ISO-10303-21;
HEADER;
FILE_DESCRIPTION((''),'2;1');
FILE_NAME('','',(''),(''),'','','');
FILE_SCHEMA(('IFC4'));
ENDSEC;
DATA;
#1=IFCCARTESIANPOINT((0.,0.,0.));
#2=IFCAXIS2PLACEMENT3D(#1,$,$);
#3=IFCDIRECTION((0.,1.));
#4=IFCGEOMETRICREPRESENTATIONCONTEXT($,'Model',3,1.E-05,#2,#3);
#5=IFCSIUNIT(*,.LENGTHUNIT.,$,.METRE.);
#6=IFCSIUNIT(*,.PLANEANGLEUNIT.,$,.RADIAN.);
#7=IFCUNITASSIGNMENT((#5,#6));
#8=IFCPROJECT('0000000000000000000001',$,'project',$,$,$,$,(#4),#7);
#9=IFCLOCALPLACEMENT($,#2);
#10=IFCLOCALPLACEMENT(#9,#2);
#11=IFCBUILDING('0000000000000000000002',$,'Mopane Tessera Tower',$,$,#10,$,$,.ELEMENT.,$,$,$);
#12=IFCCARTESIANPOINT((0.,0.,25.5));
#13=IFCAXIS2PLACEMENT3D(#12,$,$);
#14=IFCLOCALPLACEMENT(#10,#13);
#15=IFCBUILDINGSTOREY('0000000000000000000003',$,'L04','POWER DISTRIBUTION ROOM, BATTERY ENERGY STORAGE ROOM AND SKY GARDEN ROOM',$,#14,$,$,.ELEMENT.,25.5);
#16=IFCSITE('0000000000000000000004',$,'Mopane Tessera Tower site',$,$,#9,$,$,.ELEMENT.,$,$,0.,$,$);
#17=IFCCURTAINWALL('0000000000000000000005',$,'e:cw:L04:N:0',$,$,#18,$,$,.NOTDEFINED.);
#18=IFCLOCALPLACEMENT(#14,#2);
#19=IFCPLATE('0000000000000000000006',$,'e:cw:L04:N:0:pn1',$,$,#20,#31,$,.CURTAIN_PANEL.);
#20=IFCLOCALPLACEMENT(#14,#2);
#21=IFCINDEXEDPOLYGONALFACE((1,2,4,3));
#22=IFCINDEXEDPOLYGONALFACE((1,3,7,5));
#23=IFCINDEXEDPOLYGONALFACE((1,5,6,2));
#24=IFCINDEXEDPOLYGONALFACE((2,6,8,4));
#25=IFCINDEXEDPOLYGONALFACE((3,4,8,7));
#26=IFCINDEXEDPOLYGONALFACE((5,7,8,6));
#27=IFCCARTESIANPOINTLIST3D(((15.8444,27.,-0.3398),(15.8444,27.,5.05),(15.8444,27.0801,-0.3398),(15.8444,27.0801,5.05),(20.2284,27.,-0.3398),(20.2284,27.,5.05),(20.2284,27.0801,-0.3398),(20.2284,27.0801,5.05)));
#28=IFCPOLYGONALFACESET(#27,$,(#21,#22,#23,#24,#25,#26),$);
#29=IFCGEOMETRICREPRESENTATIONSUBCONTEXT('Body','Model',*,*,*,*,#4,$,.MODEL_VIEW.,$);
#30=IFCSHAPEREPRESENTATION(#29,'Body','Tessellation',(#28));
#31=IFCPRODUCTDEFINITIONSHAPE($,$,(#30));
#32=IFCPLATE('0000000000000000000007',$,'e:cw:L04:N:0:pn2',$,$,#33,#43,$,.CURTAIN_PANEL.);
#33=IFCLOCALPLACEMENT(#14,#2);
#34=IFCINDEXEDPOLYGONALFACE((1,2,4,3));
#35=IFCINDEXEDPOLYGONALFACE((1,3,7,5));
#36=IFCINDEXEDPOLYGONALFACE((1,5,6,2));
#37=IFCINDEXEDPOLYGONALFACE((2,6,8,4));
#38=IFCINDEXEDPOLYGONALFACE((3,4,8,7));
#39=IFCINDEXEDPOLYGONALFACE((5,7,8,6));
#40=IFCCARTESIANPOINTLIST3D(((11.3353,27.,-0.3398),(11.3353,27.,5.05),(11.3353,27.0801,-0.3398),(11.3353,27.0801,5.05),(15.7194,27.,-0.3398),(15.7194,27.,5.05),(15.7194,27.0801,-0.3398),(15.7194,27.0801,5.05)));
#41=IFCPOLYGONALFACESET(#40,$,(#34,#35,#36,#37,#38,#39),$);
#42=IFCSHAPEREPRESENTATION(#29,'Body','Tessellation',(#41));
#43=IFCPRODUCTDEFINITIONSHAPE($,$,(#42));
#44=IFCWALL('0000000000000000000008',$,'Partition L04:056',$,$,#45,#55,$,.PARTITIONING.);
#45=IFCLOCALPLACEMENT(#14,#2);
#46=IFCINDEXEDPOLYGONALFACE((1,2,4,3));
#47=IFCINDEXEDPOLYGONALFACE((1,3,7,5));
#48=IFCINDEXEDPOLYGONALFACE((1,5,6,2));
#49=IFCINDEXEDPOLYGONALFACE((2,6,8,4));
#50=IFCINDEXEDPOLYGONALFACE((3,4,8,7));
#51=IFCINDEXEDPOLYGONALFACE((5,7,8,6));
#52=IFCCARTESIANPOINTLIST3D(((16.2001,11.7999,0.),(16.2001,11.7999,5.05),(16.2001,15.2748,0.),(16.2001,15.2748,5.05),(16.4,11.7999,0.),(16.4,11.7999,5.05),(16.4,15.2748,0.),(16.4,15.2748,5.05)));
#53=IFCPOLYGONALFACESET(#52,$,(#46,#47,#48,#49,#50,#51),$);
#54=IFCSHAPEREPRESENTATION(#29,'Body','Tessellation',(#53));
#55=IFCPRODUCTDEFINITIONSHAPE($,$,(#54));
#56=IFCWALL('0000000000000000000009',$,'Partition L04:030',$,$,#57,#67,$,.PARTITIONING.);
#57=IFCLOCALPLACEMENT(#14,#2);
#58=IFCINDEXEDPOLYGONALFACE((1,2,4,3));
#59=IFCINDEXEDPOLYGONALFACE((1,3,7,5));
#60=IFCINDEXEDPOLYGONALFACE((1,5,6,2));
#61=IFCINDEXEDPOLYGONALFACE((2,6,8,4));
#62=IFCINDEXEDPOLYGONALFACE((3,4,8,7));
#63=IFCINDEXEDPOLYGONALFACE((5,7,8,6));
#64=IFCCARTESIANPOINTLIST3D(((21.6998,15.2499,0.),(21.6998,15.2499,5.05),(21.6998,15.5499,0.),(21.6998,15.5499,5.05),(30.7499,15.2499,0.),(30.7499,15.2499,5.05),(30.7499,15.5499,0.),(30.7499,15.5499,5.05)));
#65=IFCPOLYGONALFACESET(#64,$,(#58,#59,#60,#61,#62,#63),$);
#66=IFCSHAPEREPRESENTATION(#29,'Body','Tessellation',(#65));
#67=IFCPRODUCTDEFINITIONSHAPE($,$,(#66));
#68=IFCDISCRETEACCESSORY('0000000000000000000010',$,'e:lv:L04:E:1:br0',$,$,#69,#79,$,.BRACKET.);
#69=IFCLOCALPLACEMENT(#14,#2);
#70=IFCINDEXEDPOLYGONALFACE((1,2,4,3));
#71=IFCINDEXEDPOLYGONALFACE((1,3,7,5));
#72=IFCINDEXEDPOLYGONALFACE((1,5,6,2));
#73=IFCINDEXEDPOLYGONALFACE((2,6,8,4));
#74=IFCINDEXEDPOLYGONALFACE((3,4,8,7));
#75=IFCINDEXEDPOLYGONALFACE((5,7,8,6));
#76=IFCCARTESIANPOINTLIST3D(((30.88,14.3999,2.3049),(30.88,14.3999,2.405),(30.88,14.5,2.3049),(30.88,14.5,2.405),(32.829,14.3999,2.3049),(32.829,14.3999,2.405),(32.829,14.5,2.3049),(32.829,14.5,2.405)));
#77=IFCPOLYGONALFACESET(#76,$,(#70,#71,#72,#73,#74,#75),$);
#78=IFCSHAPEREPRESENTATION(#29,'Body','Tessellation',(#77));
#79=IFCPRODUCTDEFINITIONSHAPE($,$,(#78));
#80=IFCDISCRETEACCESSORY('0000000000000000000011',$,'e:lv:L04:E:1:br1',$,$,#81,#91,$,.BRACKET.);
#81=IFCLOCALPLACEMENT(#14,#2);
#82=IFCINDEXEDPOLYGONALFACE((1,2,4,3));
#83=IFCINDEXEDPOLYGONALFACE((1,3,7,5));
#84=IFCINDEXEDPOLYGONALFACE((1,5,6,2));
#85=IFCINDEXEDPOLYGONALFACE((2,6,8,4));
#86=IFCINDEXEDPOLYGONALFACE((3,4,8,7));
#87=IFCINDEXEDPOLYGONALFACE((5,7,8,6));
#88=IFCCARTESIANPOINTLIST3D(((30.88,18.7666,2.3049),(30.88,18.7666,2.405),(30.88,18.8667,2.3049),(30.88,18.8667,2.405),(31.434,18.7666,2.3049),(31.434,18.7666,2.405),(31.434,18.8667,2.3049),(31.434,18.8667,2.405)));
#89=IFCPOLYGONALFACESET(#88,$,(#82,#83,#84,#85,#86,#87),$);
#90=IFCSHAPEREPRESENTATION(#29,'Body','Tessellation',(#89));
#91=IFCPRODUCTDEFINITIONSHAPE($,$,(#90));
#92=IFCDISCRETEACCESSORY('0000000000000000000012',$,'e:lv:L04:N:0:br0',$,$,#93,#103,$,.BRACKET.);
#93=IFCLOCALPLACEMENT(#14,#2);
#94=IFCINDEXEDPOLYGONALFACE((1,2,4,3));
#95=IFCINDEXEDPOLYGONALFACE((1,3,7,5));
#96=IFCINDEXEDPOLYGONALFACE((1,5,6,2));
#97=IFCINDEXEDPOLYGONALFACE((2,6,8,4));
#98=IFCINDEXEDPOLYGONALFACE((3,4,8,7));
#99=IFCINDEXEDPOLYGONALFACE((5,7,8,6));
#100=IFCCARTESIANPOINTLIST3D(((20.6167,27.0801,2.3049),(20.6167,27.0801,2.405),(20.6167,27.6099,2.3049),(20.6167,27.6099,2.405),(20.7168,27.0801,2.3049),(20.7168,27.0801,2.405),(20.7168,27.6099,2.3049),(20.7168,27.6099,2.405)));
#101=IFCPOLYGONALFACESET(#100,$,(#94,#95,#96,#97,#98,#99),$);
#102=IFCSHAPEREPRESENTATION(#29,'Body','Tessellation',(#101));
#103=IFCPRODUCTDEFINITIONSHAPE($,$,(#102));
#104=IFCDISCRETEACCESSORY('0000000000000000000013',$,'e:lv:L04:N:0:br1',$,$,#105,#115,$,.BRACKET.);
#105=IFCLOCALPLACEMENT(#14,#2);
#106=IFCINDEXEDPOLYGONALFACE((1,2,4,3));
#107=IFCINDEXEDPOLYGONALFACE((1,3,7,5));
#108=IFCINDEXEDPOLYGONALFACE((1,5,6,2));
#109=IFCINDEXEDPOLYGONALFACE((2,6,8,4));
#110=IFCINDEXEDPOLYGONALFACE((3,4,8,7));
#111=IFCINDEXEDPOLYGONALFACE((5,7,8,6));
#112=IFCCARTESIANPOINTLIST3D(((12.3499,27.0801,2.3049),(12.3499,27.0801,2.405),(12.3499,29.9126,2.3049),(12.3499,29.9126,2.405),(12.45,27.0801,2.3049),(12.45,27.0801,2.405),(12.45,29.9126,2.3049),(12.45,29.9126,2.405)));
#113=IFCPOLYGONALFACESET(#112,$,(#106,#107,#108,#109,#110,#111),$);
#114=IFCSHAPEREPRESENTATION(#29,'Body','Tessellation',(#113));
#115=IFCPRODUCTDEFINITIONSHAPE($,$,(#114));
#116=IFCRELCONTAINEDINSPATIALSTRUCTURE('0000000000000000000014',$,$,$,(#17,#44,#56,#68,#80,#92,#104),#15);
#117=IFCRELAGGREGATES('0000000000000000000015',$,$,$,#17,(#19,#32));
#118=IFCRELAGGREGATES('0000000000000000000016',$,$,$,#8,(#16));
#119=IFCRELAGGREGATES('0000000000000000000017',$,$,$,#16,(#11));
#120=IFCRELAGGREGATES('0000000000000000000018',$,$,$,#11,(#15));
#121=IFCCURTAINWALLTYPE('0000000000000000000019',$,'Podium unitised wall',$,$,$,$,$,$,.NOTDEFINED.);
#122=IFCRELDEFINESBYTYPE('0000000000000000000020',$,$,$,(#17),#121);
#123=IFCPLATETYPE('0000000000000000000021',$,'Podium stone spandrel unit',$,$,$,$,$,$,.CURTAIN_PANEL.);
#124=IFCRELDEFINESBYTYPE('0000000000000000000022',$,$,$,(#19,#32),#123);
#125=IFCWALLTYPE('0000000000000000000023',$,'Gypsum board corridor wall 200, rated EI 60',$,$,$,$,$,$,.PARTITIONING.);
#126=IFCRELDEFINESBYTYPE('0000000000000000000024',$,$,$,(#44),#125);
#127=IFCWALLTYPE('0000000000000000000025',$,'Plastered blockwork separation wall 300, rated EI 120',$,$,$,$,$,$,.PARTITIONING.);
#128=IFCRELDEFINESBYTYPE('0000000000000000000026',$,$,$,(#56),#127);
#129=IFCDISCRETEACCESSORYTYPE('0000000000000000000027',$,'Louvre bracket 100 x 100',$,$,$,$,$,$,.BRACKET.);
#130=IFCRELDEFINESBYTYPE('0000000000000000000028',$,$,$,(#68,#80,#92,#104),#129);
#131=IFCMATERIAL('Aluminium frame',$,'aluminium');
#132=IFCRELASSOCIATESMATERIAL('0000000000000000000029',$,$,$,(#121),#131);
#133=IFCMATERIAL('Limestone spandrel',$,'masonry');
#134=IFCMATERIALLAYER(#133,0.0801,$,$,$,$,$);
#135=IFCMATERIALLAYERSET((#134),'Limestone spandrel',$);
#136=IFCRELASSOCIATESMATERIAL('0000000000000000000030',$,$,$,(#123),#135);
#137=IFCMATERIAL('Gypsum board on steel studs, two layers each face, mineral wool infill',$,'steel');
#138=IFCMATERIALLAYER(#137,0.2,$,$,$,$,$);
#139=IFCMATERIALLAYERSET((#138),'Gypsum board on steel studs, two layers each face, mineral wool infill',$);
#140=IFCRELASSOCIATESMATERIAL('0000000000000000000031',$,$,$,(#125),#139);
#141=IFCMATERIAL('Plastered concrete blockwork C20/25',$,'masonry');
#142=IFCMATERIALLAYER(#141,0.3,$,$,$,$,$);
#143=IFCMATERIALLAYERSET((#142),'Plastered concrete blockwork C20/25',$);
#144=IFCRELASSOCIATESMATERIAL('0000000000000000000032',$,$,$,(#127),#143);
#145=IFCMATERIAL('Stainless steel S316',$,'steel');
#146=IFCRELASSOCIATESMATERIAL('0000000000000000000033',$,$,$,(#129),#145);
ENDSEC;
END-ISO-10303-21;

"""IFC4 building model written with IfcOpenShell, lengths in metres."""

from ifc_helpers import new_model, si_unit, direction, frame, frame_2d, origin, origin_2d, place, context, subcontext, project, spatial, rectangle, extrude, material, layer, layer_set, type_object, element, aggregate, save


model = new_model("IFC4")

# Units and contexts
model_context = context("Model", 3, precision=1e-05, world=origin(), true_north=direction((0.0, 1.0)))
body_context = subcontext(model_context, "Body", "Model", "MODEL_VIEW")
ifc_project = project(units=[si_unit("LENGTHUNIT", "METRE"), si_unit("PLANEANGLEUNIT", "RADIAN")], contexts=[model_context])

# Site, building, storey
site_placement = place(None, origin())
site = spatial("IfcSite", under=ifc_project, at=site_placement, Name="Mopane Tessera Tower site", CompositionType="ELEMENT", RefElevation=0.0)
building_placement = place(site_placement, origin())
building = spatial("IfcBuilding", under=site, at=building_placement, Name="Mopane Tessera Tower", CompositionType="ELEMENT")
storey_placement = place(building_placement, frame((0.0, 0.0, 25.5)))
storey = spatial("IfcBuildingStorey", under=building, at=storey_placement, Name="L04", Description="POWER DISTRIBUTION ROOM, BATTERY ENERGY STORAGE ROOM AND SKY GARDEN ROOM", CompositionType="ELEMENT", Elevation=25.5)

# Curtain wall
ifc_material_1 = material(Name="Aluminium frame", Category="aluminium")
curtain_wall_type = type_object("IfcCurtainWallType", Name="Podium unitised wall", PredefinedType="NOTDEFINED", material=ifc_material_1)
curtain_wall_1_placement = place(storey_placement, origin())
curtain_wall_1 = element("IfcCurtainWall", 1, at=curtain_wall_1_placement, inside=storey, type_object=curtain_wall_type, Name="e:cw:L04:N:0", PredefinedType="NOTDEFINED")

# Plates
ifc_material_2 = material(Name="Limestone spandrel", Category="masonry")
ifc_layer_1 = layer(ifc_material_2, 0.0801)
ifc_layer_set_1 = layer_set([ifc_layer_1], Name="Limestone spandrel")
plate_type = type_object("IfcPlateType", Name="Podium stone spandrel unit", PredefinedType="CURTAIN_PANEL", material=ifc_layer_set_1)
plate_1_placement = place(storey_placement, frame((18.0364, 27.04, -0.3398), z_axis=(0.0, 0.0, 1.0), x_axis=(-1.0, 0.0, 0.0)))
plate_1 = element("IfcPlate", 2, at=plate_1_placement, type_object=plate_type, Name="e:cw:L04:N:0:pn1", PredefinedType="CURTAIN_PANEL", context=body_context, shape_type="SweptSolid", body=[
    extrude(rectangle(XDim=4.384, YDim=0.0801, at=origin_2d()), origin(), (0.0, 0.0, 1.0), 5.3899),
])
plate_2_placement = place(storey_placement, frame((13.5273, 27.04, -0.3398), z_axis=(0.0, 0.0, 1.0), x_axis=(-1.0, 0.0, 0.0)))
plate_2 = element("IfcPlate", 3, at=plate_2_placement, type_object=plate_type, Name="e:cw:L04:N:0:pn2", PredefinedType="CURTAIN_PANEL", context=body_context, shape_type="SweptSolid", body=[
    extrude(rectangle(XDim=4.384, YDim=0.0801, at=origin_2d()), origin(), (0.0, 0.0, 1.0), 5.3899),
])
aggregate(curtain_wall_1, [plate_1, plate_2])

# Walls
ifc_material_3 = material(Name="Gypsum board on steel studs, two layers each face, mineral wool infill", Category="steel")
ifc_layer_2 = layer(ifc_material_3, 0.2)
ifc_layer_set_2 = layer_set([ifc_layer_2], Name="Gypsum board on steel studs, two layers each face, mineral wool infill")
wall_type_1 = type_object("IfcWallType", Name="Gypsum board corridor wall 200, rated EI 60", PredefinedType="PARTITIONING", material=ifc_layer_set_2)
wall_1_placement = place(storey_placement, frame((16.3, 11.8, 0.0), z_axis=(0.0, 0.0, 1.0), x_axis=(0.0, 1.0, 0.0)))
element("IfcWall", 4, at=wall_1_placement, inside=storey, type_object=wall_type_1, Name="Partition L04:056", PredefinedType="PARTITIONING", context=body_context, shape_type="SweptSolid", body=[
    extrude(rectangle(XDim=3.4749, YDim=0.2, at=frame_2d((1.7373, 0.0))), origin(), (0.0, 0.0, 1.0), 5.05),
])
ifc_material_4 = material(Name="Plastered concrete blockwork C20/25", Category="masonry")
ifc_layer_3 = layer(ifc_material_4, 0.3)
ifc_layer_set_3 = layer_set([ifc_layer_3], Name="Plastered concrete blockwork C20/25")
wall_type_2 = type_object("IfcWallType", Name="Plastered blockwork separation wall 300, rated EI 120", PredefinedType="PARTITIONING", material=ifc_layer_set_3)
wall_2_placement = place(storey_placement, frame((21.7, 15.3999, 0.0), z_axis=(0.0, 0.0, 1.0), x_axis=(1.0, 0.0, 0.0)))
element("IfcWall", 5, at=wall_2_placement, inside=storey, type_object=wall_type_2, Name="Partition L04:030", PredefinedType="PARTITIONING", context=body_context, shape_type="SweptSolid", body=[
    extrude(rectangle(XDim=9.05, YDim=0.3, at=frame_2d((4.5249, 0.0))), origin(), (0.0, 0.0, 1.0), 5.05),
])

# Discrete accessories
ifc_material_5 = material(Name="Stainless steel S316", Category="steel")
discrete_accessory_type = type_object("IfcDiscreteAccessoryType", Name="Louvre bracket 100 x 100", PredefinedType="BRACKET", material=ifc_material_5)
discrete_accessory_1_placement = place(storey_placement, frame((31.8545, 14.45, 2.3049), z_axis=(0.0, 0.0, 1.0), x_axis=(1.0, 0.0, 0.0)))
element("IfcDiscreteAccessory", 6, at=discrete_accessory_1_placement, inside=storey, type_object=discrete_accessory_type, Name="e:lv:L04:E:1:br0", PredefinedType="BRACKET", context=body_context, shape_type="SweptSolid", body=[
    extrude(rectangle(XDim=1.949, YDim=0.1001, at=origin_2d()), origin(), (0.0, 0.0, 1.0), 0.1001),
])
discrete_accessory_2_placement = place(storey_placement, frame((31.157, 18.8167, 2.3049), z_axis=(0.0, 0.0, 1.0), x_axis=(1.0, 0.0, 0.0)))
element("IfcDiscreteAccessory", 7, at=discrete_accessory_2_placement, inside=storey, type_object=discrete_accessory_type, Name="e:lv:L04:E:1:br1", PredefinedType="BRACKET", context=body_context, shape_type="SweptSolid", body=[
    extrude(rectangle(XDim=0.554, YDim=0.1001, at=origin_2d()), origin(), (0.0, 0.0, 1.0), 0.1001),
])
discrete_accessory_3_placement = place(storey_placement, frame((20.6667, 27.345, 2.3049), z_axis=(0.0, 0.0, 1.0), x_axis=(0.0, 1.0, 0.0)))
element("IfcDiscreteAccessory", 8, at=discrete_accessory_3_placement, inside=storey, type_object=discrete_accessory_type, Name="e:lv:L04:N:0:br0", PredefinedType="BRACKET", context=body_context, shape_type="SweptSolid", body=[
    extrude(rectangle(XDim=0.5298, YDim=0.1001, at=origin_2d()), origin(), (0.0, 0.0, 1.0), 0.1001),
])
discrete_accessory_4_placement = place(storey_placement, frame((12.3999, 28.4963, 2.3049), z_axis=(0.0, 0.0, 1.0), x_axis=(0.0, 1.0, 0.0)))
element("IfcDiscreteAccessory", 9, at=discrete_accessory_4_placement, inside=storey, type_object=discrete_accessory_type, Name="e:lv:L04:N:0:br1", PredefinedType="BRACKET", context=body_context, shape_type="SweptSolid", body=[
    extrude(rectangle(XDim=2.8325, YDim=0.1001, at=origin_2d()), origin(), (0.0, 0.0, 1.0), 0.1001),
])

save(model, "model.ifc")
